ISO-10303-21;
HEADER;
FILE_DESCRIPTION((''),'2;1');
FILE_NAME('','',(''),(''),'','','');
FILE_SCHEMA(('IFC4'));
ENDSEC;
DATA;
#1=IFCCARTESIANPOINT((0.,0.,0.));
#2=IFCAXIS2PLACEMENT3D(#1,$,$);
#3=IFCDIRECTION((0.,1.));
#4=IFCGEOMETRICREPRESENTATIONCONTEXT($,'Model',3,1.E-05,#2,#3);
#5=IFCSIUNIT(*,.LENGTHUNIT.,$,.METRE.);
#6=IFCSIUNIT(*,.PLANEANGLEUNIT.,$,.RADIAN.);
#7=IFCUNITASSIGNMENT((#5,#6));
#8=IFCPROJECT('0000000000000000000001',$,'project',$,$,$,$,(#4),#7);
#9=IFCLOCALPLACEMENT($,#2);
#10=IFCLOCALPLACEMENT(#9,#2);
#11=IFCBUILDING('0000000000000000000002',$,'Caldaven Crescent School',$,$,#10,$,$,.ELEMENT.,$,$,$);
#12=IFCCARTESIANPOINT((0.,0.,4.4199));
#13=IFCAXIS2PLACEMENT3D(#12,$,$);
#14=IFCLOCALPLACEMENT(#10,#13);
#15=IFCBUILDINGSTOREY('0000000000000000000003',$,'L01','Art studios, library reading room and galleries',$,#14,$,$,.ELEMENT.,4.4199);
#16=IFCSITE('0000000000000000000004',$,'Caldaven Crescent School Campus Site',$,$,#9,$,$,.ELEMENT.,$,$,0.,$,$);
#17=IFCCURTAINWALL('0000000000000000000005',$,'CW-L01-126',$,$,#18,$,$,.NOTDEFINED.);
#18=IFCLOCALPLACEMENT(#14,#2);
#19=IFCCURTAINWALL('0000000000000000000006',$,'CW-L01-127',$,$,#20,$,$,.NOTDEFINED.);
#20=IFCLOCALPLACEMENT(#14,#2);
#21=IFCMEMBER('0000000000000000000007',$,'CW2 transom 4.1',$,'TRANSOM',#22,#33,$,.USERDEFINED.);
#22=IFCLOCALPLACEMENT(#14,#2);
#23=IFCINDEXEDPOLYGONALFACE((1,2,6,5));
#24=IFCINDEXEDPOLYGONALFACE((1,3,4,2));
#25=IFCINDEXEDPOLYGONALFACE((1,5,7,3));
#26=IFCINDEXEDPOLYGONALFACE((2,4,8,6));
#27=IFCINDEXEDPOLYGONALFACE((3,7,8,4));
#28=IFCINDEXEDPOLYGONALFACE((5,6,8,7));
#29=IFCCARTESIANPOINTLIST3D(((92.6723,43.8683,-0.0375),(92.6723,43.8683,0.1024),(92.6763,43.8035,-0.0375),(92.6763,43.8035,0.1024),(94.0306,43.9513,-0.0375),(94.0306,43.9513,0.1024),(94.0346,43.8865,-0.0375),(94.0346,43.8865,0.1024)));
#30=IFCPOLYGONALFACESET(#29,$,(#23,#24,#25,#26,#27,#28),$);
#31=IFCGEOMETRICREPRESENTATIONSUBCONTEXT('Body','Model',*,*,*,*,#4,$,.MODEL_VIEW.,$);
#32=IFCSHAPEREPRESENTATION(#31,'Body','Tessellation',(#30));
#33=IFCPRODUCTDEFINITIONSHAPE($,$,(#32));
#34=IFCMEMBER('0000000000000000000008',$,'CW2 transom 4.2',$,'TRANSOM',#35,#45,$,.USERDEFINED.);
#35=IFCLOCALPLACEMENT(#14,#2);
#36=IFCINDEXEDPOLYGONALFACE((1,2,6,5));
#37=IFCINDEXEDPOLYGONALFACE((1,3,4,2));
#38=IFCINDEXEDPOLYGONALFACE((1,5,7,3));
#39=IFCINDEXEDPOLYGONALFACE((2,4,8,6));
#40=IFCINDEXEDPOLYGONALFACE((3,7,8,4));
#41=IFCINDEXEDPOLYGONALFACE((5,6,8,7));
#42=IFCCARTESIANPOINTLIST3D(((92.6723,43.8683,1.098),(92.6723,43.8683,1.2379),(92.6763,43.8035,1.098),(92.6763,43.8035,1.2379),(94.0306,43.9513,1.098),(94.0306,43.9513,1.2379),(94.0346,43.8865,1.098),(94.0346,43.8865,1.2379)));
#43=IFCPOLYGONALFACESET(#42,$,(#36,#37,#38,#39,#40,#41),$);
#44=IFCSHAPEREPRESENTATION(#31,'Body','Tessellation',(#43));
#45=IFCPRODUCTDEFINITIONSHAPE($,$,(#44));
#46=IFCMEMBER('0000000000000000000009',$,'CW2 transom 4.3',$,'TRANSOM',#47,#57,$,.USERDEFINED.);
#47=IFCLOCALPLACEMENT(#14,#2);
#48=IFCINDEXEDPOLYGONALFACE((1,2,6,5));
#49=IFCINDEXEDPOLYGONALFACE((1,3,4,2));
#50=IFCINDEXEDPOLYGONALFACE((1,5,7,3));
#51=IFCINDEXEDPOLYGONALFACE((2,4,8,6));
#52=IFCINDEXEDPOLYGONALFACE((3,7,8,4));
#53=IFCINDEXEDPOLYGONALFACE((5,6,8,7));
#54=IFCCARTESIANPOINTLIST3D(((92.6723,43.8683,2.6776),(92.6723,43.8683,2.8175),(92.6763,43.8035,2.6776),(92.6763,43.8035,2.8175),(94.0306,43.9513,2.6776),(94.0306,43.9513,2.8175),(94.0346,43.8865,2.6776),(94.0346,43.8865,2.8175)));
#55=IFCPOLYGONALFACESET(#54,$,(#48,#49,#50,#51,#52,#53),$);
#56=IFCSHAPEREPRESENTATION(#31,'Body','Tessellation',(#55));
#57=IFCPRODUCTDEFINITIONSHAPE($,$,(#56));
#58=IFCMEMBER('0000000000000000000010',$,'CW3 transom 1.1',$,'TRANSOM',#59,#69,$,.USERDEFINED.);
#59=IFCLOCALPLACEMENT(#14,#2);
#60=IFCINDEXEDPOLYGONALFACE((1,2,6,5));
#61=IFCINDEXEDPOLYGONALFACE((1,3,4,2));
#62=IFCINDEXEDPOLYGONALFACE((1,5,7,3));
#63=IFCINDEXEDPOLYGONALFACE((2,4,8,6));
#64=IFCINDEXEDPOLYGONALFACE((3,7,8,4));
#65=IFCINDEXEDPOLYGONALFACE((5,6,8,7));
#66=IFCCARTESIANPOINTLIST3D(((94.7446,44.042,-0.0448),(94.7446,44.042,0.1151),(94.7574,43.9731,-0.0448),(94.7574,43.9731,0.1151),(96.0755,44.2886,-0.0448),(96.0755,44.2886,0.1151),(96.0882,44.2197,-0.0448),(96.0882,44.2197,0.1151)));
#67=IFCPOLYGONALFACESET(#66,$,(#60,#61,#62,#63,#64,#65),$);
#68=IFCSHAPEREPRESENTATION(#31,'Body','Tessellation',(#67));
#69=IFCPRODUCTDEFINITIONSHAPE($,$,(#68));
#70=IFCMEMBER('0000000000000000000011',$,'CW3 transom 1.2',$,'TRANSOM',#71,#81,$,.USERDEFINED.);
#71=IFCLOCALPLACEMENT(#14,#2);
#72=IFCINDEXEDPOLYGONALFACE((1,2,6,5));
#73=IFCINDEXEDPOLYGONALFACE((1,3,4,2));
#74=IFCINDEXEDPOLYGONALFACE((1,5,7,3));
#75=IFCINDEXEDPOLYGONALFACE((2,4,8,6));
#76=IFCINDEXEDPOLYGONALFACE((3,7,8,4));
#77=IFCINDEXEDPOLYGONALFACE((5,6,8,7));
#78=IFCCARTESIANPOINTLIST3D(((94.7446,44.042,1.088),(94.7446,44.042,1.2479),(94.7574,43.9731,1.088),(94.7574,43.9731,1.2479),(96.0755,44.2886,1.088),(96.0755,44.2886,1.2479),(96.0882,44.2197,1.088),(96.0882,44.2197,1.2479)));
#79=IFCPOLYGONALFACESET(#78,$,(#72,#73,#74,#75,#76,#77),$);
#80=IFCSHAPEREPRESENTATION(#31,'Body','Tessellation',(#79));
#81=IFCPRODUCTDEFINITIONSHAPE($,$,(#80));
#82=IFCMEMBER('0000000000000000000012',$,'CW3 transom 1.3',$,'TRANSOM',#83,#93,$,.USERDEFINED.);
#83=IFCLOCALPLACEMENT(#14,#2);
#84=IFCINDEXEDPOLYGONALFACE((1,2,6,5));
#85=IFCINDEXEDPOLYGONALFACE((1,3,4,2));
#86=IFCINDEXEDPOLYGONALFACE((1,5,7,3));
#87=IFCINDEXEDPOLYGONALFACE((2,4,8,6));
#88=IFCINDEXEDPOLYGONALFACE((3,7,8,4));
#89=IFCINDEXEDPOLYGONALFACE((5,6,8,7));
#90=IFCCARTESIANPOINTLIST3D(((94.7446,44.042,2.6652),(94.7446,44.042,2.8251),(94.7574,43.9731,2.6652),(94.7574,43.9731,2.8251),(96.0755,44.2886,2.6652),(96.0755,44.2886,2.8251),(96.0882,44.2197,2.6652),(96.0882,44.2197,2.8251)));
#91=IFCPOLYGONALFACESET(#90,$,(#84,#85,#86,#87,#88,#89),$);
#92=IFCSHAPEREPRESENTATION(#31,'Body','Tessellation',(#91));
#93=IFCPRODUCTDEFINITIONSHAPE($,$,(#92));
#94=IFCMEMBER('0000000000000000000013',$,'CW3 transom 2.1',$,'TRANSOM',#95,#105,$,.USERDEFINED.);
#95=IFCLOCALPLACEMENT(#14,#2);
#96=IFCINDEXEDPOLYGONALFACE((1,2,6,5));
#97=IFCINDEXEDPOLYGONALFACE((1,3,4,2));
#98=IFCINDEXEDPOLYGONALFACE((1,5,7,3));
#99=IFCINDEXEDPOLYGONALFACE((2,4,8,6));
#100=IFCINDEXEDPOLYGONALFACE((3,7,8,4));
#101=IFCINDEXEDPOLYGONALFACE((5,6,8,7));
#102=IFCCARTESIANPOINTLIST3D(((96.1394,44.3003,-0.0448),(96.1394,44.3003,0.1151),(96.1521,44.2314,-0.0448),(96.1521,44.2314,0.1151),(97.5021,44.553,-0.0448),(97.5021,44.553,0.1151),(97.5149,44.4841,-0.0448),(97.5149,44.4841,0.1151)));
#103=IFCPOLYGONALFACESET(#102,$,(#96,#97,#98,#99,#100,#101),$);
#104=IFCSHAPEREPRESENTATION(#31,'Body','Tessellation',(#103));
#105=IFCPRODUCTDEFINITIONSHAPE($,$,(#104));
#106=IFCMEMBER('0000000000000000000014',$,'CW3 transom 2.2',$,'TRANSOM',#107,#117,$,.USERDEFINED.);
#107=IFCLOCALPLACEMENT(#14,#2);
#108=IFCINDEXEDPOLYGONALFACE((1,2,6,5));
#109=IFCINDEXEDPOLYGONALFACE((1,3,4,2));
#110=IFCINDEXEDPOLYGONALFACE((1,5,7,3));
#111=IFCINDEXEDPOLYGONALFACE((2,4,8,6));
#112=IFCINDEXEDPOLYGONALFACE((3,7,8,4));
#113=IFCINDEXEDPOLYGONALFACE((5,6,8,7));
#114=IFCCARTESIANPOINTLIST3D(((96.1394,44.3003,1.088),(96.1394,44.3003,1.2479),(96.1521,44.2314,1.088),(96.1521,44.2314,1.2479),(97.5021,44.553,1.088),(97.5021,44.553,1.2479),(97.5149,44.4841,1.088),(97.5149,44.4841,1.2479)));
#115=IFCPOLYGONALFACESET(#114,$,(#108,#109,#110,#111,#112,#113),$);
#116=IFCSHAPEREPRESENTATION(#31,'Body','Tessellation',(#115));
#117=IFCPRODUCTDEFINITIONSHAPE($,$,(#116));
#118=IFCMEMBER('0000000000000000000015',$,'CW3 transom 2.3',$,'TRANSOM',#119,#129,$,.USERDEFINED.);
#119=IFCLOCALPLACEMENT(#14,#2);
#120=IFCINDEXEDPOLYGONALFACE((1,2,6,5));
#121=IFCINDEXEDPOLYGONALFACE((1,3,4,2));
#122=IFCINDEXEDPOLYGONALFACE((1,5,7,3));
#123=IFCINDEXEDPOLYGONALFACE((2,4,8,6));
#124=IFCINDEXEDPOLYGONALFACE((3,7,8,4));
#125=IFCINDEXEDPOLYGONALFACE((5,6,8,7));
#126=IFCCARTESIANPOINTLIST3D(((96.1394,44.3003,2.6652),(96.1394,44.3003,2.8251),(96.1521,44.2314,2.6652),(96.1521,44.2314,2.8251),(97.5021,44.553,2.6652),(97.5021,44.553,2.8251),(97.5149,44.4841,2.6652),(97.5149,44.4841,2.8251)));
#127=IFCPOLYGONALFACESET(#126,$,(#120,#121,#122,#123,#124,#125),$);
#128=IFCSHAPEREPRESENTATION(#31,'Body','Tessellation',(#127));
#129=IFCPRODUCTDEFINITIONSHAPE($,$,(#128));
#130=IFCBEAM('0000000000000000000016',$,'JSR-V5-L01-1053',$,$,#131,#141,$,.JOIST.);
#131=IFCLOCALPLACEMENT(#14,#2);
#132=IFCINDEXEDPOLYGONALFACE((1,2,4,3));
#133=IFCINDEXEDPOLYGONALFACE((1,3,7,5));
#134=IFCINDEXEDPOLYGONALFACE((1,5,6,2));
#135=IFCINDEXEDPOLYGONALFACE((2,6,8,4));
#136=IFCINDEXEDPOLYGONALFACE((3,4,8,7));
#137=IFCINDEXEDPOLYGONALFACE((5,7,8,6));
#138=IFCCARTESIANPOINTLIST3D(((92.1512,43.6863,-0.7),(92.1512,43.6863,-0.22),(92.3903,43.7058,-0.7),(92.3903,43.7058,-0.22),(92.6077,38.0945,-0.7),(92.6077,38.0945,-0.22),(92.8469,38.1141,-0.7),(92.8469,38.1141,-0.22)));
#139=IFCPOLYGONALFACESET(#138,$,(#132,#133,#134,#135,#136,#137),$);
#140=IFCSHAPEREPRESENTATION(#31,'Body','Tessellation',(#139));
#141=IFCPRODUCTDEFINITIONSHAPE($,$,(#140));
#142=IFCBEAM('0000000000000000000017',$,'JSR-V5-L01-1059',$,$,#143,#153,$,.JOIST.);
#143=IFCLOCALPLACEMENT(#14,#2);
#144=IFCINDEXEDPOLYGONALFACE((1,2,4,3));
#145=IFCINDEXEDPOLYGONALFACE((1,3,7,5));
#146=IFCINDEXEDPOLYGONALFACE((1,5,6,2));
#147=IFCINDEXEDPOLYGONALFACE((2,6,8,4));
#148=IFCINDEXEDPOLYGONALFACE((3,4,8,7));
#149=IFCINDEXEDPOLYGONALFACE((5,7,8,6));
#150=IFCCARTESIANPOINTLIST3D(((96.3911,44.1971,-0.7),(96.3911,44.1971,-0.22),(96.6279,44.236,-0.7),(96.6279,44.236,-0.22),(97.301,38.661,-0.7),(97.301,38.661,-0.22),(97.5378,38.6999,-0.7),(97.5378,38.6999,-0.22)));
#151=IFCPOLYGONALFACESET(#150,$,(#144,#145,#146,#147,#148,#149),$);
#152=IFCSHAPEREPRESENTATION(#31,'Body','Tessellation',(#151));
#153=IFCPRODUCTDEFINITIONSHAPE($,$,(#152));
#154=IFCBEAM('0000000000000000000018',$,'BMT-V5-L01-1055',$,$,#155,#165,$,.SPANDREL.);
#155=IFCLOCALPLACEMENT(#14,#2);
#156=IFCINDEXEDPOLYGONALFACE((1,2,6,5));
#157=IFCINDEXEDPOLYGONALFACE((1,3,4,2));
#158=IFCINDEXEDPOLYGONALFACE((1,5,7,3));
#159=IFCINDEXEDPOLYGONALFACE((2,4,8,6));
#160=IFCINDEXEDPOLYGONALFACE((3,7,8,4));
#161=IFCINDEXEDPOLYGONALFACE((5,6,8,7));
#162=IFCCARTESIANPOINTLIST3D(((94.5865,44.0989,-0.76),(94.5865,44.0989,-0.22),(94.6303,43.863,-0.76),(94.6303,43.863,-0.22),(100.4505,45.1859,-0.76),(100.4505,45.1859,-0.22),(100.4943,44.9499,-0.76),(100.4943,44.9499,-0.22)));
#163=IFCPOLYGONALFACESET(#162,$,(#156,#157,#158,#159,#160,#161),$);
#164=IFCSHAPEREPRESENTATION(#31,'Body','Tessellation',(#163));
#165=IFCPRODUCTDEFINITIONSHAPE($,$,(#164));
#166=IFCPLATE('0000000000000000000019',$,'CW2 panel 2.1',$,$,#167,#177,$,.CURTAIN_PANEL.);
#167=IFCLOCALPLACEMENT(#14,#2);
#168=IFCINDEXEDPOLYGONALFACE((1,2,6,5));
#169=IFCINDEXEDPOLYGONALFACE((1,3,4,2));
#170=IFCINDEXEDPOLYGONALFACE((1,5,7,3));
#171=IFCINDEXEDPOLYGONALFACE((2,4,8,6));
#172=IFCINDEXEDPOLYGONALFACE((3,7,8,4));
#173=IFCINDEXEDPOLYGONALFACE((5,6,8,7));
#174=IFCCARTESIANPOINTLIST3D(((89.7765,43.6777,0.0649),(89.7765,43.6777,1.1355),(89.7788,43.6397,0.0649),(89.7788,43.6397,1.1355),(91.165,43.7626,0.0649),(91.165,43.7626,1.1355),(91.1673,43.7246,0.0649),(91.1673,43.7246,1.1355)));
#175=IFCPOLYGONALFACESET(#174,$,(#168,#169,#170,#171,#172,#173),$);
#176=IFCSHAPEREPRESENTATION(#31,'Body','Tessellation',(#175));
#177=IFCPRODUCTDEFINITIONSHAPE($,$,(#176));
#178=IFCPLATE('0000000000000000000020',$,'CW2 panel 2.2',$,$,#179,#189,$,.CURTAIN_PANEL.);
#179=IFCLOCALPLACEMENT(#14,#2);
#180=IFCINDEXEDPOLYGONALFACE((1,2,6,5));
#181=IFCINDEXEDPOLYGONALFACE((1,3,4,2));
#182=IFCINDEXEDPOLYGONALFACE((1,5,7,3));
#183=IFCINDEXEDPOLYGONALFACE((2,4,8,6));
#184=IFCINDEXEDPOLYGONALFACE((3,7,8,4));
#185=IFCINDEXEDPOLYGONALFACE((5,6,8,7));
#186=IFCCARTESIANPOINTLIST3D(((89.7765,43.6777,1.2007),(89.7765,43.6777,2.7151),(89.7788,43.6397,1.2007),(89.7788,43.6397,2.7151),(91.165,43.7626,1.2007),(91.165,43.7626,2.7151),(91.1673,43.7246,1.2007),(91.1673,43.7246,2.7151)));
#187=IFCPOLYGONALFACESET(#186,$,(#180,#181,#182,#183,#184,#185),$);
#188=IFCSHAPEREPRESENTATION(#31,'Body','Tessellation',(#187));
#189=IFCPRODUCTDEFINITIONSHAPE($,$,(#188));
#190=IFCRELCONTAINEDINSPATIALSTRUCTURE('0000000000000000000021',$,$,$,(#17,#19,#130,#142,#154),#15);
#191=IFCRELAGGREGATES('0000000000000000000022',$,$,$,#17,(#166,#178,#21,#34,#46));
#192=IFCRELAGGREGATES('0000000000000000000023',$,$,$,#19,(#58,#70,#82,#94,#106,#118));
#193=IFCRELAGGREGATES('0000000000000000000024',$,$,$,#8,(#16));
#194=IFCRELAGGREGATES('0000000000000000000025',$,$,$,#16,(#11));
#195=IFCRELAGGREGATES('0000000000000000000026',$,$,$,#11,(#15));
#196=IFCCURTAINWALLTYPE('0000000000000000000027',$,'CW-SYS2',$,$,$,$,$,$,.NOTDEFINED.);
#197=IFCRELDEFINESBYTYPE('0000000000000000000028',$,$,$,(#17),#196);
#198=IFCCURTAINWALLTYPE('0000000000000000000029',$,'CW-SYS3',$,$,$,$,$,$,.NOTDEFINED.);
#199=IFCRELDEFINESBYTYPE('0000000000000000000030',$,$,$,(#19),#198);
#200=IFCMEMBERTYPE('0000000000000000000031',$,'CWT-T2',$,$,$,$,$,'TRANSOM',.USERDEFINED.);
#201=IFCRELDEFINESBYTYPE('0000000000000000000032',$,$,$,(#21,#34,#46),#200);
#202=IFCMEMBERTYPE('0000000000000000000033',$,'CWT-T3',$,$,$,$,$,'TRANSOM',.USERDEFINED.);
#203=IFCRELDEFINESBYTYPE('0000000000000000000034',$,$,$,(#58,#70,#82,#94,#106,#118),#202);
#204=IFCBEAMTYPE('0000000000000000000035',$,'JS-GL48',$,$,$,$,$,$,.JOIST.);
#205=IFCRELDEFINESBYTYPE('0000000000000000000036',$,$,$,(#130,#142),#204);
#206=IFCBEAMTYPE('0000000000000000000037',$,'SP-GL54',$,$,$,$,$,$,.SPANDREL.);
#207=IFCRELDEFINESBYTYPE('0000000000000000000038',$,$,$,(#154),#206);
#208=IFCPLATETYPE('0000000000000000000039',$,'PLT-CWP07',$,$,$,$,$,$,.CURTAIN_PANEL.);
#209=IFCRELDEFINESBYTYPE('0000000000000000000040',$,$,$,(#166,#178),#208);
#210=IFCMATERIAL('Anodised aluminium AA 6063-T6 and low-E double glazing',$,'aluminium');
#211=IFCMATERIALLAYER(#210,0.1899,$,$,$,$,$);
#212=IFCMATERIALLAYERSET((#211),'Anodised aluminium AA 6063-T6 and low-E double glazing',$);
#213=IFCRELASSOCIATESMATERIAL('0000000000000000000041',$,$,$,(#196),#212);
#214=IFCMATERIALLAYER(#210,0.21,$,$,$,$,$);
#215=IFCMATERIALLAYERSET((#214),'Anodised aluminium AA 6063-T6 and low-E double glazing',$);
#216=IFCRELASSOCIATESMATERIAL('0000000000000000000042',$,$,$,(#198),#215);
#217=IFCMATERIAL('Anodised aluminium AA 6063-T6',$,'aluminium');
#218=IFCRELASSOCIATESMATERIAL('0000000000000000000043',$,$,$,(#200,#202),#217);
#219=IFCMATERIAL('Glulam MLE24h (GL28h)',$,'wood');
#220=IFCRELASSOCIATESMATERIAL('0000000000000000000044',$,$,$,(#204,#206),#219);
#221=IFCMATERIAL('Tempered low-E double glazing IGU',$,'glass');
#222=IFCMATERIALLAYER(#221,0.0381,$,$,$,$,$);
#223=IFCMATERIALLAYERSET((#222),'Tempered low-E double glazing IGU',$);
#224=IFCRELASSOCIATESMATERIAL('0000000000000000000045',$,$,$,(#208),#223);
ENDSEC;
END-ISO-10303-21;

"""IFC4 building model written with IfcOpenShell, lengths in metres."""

from ifc_helpers import new_model, si_unit, direction, frame, origin, origin_2d, place, context, subcontext, project, spatial, rectangle, extrude, material, layer, layer_set, material_profile, profile_set, type_object, element, aggregate, save


model = new_model("IFC4")

# Units and contexts
model_context = context("Model", 3, precision=1e-05, world=origin(), true_north=direction((0.0, 1.0)))
body_context = subcontext(model_context, "Body", "Model", "MODEL_VIEW")
ifc_project = project(units=[si_unit("LENGTHUNIT", "METRE"), si_unit("PLANEANGLEUNIT", "RADIAN")], contexts=[model_context])

# Site, building, storey
site_placement = place(None, origin())
site = spatial("IfcSite", under=ifc_project, at=site_placement, Name="Caldaven Crescent School Campus Site", CompositionType="ELEMENT", RefElevation=0.0)
building_placement = place(site_placement, origin())
building = spatial("IfcBuilding", under=site, at=building_placement, Name="Caldaven Crescent School", CompositionType="ELEMENT")
storey_placement = place(building_placement, frame((0.0, 0.0, 4.4199)))
storey = spatial("IfcBuildingStorey", under=building, at=storey_placement, Name="L01", Description="Art studios, library reading room and galleries", CompositionType="ELEMENT", Elevation=4.4199)

# Shared definitions
ifc_material_1 = material(Name="Glulam MLE24h (GL28h)", Category="wood")

# Curtain walls
ifc_material_2 = material(Name="Anodised aluminium AA 6063-T6 and low-E double glazing", Category="aluminium")
ifc_layer_1 = layer(ifc_material_2, 0.1899)
ifc_layer_set_1 = layer_set([ifc_layer_1], Name="Anodised aluminium AA 6063-T6 and low-E double glazing")
curtain_wall_type_1 = type_object("IfcCurtainWallType", Name="CW-SYS2", PredefinedType="NOTDEFINED", material=ifc_layer_set_1)
curtain_wall_1_placement = place(storey_placement, origin())
curtain_wall_1 = element("IfcCurtainWall", 1, at=curtain_wall_1_placement, inside=storey, type_object=curtain_wall_type_1, Name="CW-L01-126", PredefinedType="NOTDEFINED")
ifc_material_3 = material(Name="Anodised aluminium AA 6063-T6", Category="aluminium")
ifc_layer_2 = layer(ifc_material_2, 0.21)
ifc_layer_set_2 = layer_set([ifc_layer_2], Name="Anodised aluminium AA 6063-T6 and low-E double glazing")
curtain_wall_type_2 = type_object("IfcCurtainWallType", Name="CW-SYS3", PredefinedType="NOTDEFINED", material=ifc_layer_set_2)
curtain_wall_2_placement = place(storey_placement, origin())
curtain_wall_2 = element("IfcCurtainWall", 2, at=curtain_wall_2_placement, inside=storey, type_object=curtain_wall_type_2, Name="CW-L01-127", PredefinedType="NOTDEFINED")

# Members
ifc_material_profile_1 = material_profile(ifc_material_3, rectangle(XDim=0.0649, YDim=0.1399, at=origin_2d()), Name="CWT 65x140")
ifc_profile_set_1 = profile_set([ifc_material_profile_1], Name="Anodised aluminium AA 6063-T6")
member_type_1 = type_object("IfcMemberType", Name="CWT-T2", ElementType="TRANSOM", PredefinedType="USERDEFINED", material=ifc_profile_set_1)
member_1_placement = place(storey_placement, frame((92.6743, 43.8359, 0.0325), z_axis=(0.998138, 0.060993, 0.0), x_axis=(-0.060993, 0.998138, 0.0)))
member_1 = element("IfcMember", 3, at=member_1_placement, type_object=member_type_1, Name="CW2 transom 4.1", ObjectType="TRANSOM", PredefinedType="USERDEFINED", context=body_context, shape_type="SweptSolid", body=[
    extrude(rectangle(XDim=0.0649, YDim=0.1399, at=origin_2d()), origin(), (0.0, 0.0, 1.0), 1.3608),
])
member_2_placement = place(storey_placement, frame((92.6743, 43.8359, 1.168), z_axis=(0.998138, 0.060993, 0.0), x_axis=(-0.060993, 0.998138, 0.0)))
member_2 = element("IfcMember", 4, at=member_2_placement, type_object=member_type_1, Name="CW2 transom 4.2", ObjectType="TRANSOM", PredefinedType="USERDEFINED", context=body_context, shape_type="SweptSolid", body=[
    extrude(rectangle(XDim=0.0649, YDim=0.1399, at=origin_2d()), origin(), (0.0, 0.0, 1.0), 1.3608),
])
member_3_placement = place(storey_placement, frame((92.6743, 43.8359, 2.7476), z_axis=(0.998138, 0.060993, 0.0), x_axis=(-0.060993, 0.998138, 0.0)))
member_3 = element("IfcMember", 5, at=member_3_placement, type_object=member_type_1, Name="CW2 transom 4.3", ObjectType="TRANSOM", PredefinedType="USERDEFINED", context=body_context, shape_type="SweptSolid", body=[
    extrude(rectangle(XDim=0.0649, YDim=0.1399, at=origin_2d()), origin(), (0.0, 0.0, 1.0), 1.3608),
])
ifc_material_profile_2 = material_profile(ifc_material_3, rectangle(XDim=0.0701, YDim=0.1599, at=origin_2d()), Name="CWT 70x160")
ifc_profile_set_2 = profile_set([ifc_material_profile_2], Name="Anodised aluminium AA 6063-T6")
member_type_2 = type_object("IfcMemberType", Name="CWT-T3", ElementType="TRANSOM", PredefinedType="USERDEFINED", material=ifc_profile_set_2)
member_4_placement = place(storey_placement, frame((94.751, 44.0076, 0.0352), z_axis=(0.983264, 0.182186, 0.0), x_axis=(-0.182186, 0.983264, 0.0)))
member_4 = element("IfcMember", 6, at=member_4_placement, type_object=member_type_2, Name="CW3 transom 1.1", ObjectType="TRANSOM", PredefinedType="USERDEFINED", context=body_context, shape_type="SweptSolid", body=[
    extrude(rectangle(XDim=0.0701, YDim=0.1599, at=origin_2d()), origin(), (0.0, 0.0, 1.0), 1.3535),
])
member_5_placement = place(storey_placement, frame((94.751, 44.0076, 1.168), z_axis=(0.983264, 0.182186, 0.0), x_axis=(-0.182186, 0.983264, 0.0)))
member_5 = element("IfcMember", 7, at=member_5_placement, type_object=member_type_2, Name="CW3 transom 1.2", ObjectType="TRANSOM", PredefinedType="USERDEFINED", context=body_context, shape_type="SweptSolid", body=[
    extrude(rectangle(XDim=0.0701, YDim=0.1599, at=origin_2d()), origin(), (0.0, 0.0, 1.0), 1.3535),
])
member_6_placement = place(storey_placement, frame((94.751, 44.0076, 2.7451), z_axis=(0.983264, 0.182186, 0.0), x_axis=(-0.182186, 0.983264, 0.0)))
member_6 = element("IfcMember", 8, at=member_6_placement, type_object=member_type_2, Name="CW3 transom 1.3", ObjectType="TRANSOM", PredefinedType="USERDEFINED", context=body_context, shape_type="SweptSolid", body=[
    extrude(rectangle(XDim=0.0701, YDim=0.1599, at=origin_2d()), origin(), (0.0, 0.0, 1.0), 1.3535),
])
member_7_placement = place(storey_placement, frame((96.1458, 44.2659, 0.0352), z_axis=(0.983241, 0.18231, 0.0), x_axis=(-0.18231, 0.983241, 0.0)))
member_7 = element("IfcMember", 9, at=member_7_placement, type_object=member_type_2, Name="CW3 transom 2.1", ObjectType="TRANSOM", PredefinedType="USERDEFINED", context=body_context, shape_type="SweptSolid", body=[
    extrude(rectangle(XDim=0.0701, YDim=0.1599, at=origin_2d()), origin(), (0.0, 0.0, 1.0), 1.386),
])
member_8_placement = place(storey_placement, frame((96.1458, 44.2659, 1.168), z_axis=(0.983241, 0.18231, 0.0), x_axis=(-0.18231, 0.983241, 0.0)))
member_8 = element("IfcMember", 10, at=member_8_placement, type_object=member_type_2, Name="CW3 transom 2.2", ObjectType="TRANSOM", PredefinedType="USERDEFINED", context=body_context, shape_type="SweptSolid", body=[
    extrude(rectangle(XDim=0.0701, YDim=0.1599, at=origin_2d()), origin(), (0.0, 0.0, 1.0), 1.386),
])
member_9_placement = place(storey_placement, frame((96.1458, 44.2659, 2.7451), z_axis=(0.983241, 0.18231, 0.0), x_axis=(-0.18231, 0.983241, 0.0)))
member_9 = element("IfcMember", 11, at=member_9_placement, type_object=member_type_2, Name="CW3 transom 2.3", ObjectType="TRANSOM", PredefinedType="USERDEFINED", context=body_context, shape_type="SweptSolid", body=[
    extrude(rectangle(XDim=0.0701, YDim=0.1599, at=origin_2d()), origin(), (0.0, 0.0, 1.0), 1.386),
])

# Beams
ifc_material_profile_3 = material_profile(ifc_material_1, rectangle(XDim=0.24, YDim=0.48, at=origin_2d()), Name="MLE 240x480")
ifc_profile_set_3 = profile_set([ifc_material_profile_3], Name="Glulam MLE24h (GL28h)")
beam_type_1 = type_object("IfcBeamType", Name="JS-GL48", PredefinedType="JOIST", material=ifc_profile_set_3)
for number, where, z_axis, x_axis, name in (
    (12, (92.2708, 43.696, -0.46), (0.081374, -0.996684, 0.0), (0.996684, 0.081374, 0.0), "JSR-V5-L01-1053"),
    (13, (96.5095, 44.2166, -0.46), (0.162183, -0.986761, 0.0), (0.986761, 0.162183, 0.0), "JSR-V5-L01-1059"),
):
    element("IfcBeam", number, at=place(storey_placement, frame(where, z_axis=z_axis, x_axis=x_axis)), inside=storey, type_object=beam_type_1, Name=name, PredefinedType="JOIST", context=body_context, shape_type="SweptSolid", body=[
        extrude(rectangle(XDim=0.24, YDim=0.48, at=origin_2d()), origin(), (0.0, 0.0, 1.0), 5.6104),
    ])
ifc_material_profile_4 = material_profile(ifc_material_1, rectangle(XDim=0.24, YDim=0.54, at=origin_2d()), Name="MLE 240x540")
ifc_profile_set_4 = profile_set([ifc_material_profile_4], Name="Glulam MLE24h (GL28h)")
beam_type_2 = type_object("IfcBeamType", Name="SP-GL54", PredefinedType="SPANDREL", material=ifc_profile_set_4)
beam_1_placement = place(storey_placement, frame((94.6084, 43.981, -0.49), z_axis=(0.983252, 0.182249, 0.0), x_axis=(-0.182249, 0.983252, 0.0)))
element("IfcBeam", 14, at=beam_1_placement, inside=storey, type_object=beam_type_2, Name="BMT-V5-L01-1055", PredefinedType="SPANDREL", context=body_context, shape_type="SweptSolid", body=[
    extrude(rectangle(XDim=0.24, YDim=0.54, at=origin_2d()), origin(), (0.0, 0.0, 1.0), 5.9639),
])

# Plates
ifc_material_4 = material(Name="Tempered low-E double glazing IGU", Category="glass")
ifc_layer_3 = layer(ifc_material_4, 0.0381)
ifc_layer_set_3 = layer_set([ifc_layer_3], Name="Tempered low-E double glazing IGU")
plate_type_1 = type_object("IfcPlateType", Name="PLT-CWP07", PredefinedType="CURTAIN_PANEL", material=ifc_layer_set_3)
plate_1_placement = place(storey_placement, frame((90.4719, 43.7012, 0.0649), z_axis=(0.0, 0.0, 1.0), x_axis=(0.998135, 0.061049, 0.0)))
plate_1 = element("IfcPlate", 15, at=plate_1_placement, type_object=plate_type_1, Name="CW2 panel 2.1", PredefinedType="CURTAIN_PANEL", context=body_context, shape_type="SweptSolid", body=[
    extrude(rectangle(XDim=1.3911, YDim=0.0381, at=origin_2d()), origin(), (0.0, 0.0, 1.0), 1.0706),
])
plate_2_placement = place(storey_placement, frame((90.4719, 43.7012, 1.2007), z_axis=(0.0, 0.0, 1.0), x_axis=(0.998135, 0.061049, 0.0)))
plate_2 = element("IfcPlate", 16, at=plate_2_placement, type_object=plate_type_1, Name="CW2 panel 2.2", PredefinedType="CURTAIN_PANEL", context=body_context, shape_type="SweptSolid", body=[
    extrude(rectangle(XDim=1.3911, YDim=0.0381, at=origin_2d()), origin(), (0.0, 0.0, 1.0), 1.5144),
])
aggregate(curtain_wall_1, [plate_1, plate_2, member_1, member_2, member_3])
aggregate(curtain_wall_2, [member_4, member_5, member_6, member_7, member_8, member_9])

save(model, "model.ifc")
